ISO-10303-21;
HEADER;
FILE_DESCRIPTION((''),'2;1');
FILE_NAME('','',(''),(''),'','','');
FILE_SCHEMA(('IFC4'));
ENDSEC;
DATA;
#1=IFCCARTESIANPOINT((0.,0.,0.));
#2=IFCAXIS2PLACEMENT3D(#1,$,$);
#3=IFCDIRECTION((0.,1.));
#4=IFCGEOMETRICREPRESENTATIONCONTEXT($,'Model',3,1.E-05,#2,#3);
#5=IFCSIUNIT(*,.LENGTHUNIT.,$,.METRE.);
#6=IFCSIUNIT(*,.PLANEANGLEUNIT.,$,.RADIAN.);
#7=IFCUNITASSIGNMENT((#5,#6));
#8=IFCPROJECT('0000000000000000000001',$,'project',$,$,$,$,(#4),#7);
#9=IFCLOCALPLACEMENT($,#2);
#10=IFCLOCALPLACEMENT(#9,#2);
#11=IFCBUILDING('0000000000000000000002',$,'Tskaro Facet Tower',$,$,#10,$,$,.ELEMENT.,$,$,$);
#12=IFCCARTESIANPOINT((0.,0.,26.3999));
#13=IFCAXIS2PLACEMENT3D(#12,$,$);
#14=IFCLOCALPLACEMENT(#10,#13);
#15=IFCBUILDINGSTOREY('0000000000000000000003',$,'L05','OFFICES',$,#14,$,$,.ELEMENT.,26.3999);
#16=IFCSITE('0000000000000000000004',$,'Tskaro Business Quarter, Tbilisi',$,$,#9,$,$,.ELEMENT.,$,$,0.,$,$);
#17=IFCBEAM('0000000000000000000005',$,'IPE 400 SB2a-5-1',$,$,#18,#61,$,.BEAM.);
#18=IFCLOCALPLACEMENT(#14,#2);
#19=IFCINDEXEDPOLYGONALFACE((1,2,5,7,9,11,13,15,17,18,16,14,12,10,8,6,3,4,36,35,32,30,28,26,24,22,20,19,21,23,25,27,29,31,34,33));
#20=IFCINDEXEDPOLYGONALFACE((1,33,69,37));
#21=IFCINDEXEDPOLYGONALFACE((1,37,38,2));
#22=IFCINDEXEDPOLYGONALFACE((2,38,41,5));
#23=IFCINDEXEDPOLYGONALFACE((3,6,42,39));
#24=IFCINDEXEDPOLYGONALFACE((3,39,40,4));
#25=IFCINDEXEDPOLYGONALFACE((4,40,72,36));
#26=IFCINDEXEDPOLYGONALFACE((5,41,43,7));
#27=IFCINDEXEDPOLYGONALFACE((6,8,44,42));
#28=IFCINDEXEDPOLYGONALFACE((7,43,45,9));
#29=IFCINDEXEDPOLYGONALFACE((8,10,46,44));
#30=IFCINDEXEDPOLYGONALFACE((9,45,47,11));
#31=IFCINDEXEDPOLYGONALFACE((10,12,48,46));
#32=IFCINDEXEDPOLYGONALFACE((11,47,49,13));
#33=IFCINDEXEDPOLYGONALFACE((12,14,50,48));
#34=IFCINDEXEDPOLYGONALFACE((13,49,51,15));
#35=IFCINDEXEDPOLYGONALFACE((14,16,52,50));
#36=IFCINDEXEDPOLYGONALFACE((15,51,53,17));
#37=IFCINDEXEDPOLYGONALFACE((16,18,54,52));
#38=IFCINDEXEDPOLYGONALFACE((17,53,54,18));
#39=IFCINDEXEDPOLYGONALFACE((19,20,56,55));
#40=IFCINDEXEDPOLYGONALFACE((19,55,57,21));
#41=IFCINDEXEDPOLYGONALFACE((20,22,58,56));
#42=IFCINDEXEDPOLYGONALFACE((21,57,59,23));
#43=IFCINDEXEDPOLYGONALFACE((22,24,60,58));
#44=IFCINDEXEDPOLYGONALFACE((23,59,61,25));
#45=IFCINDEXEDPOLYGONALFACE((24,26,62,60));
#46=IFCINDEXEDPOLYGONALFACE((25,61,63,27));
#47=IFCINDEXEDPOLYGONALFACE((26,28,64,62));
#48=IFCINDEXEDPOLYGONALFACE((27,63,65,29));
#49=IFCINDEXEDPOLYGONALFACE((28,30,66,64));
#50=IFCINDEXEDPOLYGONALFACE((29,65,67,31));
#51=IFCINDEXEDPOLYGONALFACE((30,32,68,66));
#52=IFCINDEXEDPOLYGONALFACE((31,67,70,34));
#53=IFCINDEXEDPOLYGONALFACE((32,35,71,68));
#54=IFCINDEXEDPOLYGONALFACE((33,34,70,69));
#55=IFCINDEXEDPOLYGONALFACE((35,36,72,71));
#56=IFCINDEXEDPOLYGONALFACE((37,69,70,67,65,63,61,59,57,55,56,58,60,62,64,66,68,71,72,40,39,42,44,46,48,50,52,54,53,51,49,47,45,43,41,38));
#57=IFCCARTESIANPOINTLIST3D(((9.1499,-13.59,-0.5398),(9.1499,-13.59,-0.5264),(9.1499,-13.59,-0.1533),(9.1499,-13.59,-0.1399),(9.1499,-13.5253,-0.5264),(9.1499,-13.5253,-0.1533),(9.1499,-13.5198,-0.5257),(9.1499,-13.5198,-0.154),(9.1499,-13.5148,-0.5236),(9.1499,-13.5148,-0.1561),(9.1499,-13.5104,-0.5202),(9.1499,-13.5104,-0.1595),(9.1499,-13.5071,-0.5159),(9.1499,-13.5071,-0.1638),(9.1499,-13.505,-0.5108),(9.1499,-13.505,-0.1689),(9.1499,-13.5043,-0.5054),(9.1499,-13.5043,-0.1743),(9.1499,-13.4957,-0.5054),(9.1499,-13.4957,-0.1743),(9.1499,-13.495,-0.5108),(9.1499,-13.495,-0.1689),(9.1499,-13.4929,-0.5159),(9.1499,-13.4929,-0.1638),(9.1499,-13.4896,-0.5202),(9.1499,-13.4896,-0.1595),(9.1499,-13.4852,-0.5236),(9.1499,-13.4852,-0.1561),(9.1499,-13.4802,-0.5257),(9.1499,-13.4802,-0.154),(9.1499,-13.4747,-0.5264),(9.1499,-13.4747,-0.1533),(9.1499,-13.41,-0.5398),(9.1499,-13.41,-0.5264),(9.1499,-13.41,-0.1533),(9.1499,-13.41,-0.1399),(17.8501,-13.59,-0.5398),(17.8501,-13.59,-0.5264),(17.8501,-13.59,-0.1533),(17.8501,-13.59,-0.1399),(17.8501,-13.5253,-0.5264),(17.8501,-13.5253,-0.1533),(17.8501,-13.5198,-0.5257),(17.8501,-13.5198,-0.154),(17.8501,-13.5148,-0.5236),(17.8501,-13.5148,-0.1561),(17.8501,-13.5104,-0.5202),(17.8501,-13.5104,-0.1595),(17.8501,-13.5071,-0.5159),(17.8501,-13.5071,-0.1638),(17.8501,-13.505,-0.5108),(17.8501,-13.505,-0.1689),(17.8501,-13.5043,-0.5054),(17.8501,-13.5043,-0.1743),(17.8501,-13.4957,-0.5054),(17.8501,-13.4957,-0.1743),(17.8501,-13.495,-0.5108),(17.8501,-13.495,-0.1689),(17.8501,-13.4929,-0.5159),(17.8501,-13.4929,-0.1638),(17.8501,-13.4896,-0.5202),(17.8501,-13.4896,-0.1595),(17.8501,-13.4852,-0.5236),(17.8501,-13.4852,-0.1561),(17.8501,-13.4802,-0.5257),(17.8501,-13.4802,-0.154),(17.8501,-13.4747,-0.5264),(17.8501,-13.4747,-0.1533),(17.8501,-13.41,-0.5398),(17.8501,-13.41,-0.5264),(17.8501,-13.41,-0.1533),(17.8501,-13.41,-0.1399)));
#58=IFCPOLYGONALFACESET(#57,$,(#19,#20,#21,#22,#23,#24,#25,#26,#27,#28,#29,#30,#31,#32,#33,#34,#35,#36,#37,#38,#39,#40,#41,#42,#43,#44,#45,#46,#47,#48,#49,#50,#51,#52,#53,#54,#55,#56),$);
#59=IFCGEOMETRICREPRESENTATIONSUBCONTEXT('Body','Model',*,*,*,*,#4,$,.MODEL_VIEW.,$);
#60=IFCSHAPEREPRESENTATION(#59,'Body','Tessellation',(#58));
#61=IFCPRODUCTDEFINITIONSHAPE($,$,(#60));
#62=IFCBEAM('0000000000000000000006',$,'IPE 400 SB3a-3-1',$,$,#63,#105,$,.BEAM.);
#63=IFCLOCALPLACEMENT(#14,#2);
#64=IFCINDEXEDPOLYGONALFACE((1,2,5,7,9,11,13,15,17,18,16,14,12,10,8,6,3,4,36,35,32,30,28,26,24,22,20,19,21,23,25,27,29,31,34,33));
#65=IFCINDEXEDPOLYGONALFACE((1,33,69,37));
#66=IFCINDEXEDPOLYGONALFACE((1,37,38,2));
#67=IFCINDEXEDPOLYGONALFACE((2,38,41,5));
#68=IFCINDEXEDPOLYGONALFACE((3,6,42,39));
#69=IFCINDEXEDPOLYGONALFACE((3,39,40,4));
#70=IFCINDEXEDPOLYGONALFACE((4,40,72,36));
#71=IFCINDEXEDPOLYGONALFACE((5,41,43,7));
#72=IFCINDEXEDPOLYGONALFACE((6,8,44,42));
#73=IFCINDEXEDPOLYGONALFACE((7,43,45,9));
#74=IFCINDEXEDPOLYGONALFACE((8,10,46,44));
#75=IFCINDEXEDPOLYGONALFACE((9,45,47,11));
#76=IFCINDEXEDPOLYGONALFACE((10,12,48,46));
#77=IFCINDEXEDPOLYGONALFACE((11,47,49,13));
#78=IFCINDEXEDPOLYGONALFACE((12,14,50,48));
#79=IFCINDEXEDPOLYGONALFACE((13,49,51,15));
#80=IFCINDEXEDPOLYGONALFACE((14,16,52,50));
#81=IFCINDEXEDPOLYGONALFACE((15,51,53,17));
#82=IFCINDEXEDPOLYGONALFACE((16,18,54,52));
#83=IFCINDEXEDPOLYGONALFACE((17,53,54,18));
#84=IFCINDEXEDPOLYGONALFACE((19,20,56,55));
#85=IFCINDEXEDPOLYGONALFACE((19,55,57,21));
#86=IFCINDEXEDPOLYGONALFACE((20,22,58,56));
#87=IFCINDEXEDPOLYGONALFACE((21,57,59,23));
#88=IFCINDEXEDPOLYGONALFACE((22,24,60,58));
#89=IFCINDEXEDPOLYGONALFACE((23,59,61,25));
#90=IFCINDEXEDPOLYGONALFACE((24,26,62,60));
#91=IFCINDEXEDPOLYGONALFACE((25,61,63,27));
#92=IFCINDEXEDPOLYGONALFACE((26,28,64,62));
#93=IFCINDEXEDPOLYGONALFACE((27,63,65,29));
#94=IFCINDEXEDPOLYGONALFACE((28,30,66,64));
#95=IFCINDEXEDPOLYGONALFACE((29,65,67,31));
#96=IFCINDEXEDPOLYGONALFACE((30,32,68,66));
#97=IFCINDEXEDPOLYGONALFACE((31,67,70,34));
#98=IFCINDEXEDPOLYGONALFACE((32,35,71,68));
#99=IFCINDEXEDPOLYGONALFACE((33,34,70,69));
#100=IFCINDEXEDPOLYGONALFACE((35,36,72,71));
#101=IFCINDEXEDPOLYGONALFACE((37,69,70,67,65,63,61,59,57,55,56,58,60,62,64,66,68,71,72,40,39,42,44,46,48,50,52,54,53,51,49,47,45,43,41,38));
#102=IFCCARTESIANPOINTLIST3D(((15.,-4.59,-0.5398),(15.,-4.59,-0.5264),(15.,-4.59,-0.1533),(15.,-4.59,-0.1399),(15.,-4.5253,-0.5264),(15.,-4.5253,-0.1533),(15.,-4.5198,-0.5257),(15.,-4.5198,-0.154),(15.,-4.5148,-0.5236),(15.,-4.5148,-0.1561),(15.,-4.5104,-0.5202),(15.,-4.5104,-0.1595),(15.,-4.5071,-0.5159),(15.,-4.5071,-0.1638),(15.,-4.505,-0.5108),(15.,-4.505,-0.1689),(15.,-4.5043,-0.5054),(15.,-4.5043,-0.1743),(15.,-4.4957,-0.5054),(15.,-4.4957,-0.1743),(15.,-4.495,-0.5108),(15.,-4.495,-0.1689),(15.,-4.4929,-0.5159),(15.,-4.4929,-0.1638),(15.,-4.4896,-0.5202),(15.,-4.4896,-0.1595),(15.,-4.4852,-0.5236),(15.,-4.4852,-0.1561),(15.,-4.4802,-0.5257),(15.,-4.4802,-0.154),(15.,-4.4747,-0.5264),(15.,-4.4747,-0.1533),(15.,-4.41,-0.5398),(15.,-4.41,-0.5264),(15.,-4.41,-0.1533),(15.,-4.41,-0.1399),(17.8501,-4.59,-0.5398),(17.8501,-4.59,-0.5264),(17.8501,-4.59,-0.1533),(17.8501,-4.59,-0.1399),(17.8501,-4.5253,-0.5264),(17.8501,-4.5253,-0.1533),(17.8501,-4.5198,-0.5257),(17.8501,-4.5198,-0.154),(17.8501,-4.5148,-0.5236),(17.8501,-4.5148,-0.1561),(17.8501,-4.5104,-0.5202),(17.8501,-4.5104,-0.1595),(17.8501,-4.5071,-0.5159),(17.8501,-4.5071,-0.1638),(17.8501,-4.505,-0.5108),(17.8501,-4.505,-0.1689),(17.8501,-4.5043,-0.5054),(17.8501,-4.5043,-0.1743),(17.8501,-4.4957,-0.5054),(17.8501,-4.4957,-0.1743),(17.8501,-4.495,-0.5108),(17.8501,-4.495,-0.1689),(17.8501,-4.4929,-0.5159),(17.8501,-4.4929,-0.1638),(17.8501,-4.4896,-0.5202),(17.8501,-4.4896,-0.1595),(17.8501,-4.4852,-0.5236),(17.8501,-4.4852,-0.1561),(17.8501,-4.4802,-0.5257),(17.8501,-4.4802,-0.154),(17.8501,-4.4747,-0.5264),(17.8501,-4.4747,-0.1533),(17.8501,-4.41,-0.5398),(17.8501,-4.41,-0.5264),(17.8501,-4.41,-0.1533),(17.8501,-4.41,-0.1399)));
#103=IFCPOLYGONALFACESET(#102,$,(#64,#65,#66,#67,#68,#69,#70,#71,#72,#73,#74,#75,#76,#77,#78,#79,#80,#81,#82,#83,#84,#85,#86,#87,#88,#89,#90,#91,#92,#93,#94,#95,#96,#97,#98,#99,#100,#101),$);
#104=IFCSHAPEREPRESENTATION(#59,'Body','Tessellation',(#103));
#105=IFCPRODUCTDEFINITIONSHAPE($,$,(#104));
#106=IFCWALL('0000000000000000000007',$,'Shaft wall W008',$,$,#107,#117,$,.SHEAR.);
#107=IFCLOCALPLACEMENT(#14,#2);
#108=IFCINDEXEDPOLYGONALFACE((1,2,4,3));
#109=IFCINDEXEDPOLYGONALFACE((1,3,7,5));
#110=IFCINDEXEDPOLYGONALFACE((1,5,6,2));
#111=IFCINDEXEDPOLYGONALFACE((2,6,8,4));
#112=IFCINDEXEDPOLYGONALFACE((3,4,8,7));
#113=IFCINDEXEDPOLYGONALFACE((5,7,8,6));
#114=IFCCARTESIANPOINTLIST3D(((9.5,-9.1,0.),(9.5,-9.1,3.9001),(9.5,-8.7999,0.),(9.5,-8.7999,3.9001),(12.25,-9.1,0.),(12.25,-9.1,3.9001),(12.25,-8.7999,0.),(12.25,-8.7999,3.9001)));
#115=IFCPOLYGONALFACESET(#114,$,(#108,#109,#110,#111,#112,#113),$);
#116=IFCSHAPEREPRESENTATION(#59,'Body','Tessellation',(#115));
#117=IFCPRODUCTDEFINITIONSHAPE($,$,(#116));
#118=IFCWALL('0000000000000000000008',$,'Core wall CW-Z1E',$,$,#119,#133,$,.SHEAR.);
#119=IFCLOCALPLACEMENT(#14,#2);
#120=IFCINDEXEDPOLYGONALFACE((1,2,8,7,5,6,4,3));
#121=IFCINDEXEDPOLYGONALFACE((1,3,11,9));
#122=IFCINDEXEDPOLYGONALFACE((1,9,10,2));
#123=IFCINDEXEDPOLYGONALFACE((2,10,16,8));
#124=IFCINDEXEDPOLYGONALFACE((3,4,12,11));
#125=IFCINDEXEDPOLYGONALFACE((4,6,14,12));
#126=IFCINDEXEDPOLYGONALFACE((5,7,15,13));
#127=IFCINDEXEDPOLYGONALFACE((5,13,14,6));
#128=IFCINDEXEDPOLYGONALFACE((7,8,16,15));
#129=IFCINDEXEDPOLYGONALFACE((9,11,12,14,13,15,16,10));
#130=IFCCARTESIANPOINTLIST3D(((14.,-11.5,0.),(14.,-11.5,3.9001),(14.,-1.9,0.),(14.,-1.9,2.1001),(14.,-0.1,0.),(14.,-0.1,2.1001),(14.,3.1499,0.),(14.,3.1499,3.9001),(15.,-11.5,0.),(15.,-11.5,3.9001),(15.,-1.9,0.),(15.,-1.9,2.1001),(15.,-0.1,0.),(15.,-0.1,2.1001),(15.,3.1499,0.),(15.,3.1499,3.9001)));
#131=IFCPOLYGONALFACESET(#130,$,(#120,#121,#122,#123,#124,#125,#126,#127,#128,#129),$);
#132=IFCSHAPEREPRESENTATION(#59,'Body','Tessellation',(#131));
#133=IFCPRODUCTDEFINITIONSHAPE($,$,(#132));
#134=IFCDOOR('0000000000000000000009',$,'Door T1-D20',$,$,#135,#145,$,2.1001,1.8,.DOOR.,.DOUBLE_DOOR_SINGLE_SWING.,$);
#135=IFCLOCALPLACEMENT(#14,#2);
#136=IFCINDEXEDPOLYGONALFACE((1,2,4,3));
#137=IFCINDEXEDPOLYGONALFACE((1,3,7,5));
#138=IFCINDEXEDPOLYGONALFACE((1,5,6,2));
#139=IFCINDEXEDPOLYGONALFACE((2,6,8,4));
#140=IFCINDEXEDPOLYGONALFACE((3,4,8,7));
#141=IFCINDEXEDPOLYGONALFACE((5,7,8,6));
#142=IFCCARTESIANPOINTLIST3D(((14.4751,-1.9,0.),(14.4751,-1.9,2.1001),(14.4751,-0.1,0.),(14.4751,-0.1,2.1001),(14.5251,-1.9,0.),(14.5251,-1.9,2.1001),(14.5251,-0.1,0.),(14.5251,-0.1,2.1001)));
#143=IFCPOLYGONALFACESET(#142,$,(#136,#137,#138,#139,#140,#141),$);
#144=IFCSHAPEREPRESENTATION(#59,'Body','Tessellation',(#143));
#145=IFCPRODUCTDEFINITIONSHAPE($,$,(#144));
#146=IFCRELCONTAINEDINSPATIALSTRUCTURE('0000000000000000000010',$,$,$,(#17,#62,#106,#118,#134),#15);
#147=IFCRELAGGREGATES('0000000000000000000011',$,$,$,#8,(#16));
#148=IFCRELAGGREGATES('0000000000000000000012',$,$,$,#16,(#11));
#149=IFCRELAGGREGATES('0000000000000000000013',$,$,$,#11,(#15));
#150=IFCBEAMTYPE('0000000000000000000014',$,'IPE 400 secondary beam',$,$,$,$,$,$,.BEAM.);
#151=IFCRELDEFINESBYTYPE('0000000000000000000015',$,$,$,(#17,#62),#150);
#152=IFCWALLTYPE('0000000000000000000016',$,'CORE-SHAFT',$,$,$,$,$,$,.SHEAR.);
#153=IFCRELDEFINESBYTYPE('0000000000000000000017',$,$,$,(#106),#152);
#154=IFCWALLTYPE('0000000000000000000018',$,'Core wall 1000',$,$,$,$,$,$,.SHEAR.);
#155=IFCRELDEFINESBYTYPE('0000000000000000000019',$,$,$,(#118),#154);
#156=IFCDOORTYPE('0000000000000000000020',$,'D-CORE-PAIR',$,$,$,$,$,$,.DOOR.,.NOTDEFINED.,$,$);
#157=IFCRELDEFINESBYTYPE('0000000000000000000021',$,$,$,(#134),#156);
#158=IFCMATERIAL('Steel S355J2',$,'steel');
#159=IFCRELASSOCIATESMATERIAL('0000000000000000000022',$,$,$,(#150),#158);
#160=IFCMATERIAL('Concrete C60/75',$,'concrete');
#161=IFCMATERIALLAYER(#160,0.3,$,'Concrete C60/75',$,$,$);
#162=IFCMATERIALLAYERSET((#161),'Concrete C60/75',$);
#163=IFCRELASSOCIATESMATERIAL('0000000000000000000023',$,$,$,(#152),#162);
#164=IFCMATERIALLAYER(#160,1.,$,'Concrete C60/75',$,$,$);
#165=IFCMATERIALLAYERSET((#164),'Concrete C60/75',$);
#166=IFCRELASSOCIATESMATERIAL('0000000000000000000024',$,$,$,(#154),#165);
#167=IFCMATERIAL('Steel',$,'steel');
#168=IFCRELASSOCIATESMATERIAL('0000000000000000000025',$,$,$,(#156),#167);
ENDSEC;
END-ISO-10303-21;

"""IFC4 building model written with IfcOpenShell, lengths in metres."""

from ifc_helpers import new_model, si_unit, direction, frame, frame_2d, origin, origin_2d, place, context, subcontext, project, spatial, rectangle, i_section, extrude, material, layer, layer_set, material_profile, profile_set, type_object, element, fill, save


model = new_model("IFC4")

# Units and contexts
model_context = context("Model", 3, precision=1e-05, world=origin(), true_north=direction((0.0, 1.0)))
body_context = subcontext(model_context, "Body", "Model", "MODEL_VIEW")
ifc_project = project(units=[si_unit("LENGTHUNIT", "METRE"), si_unit("PLANEANGLEUNIT", "RADIAN")], contexts=[model_context])

# Site, building, storey
site_placement = place(None, origin())
site = spatial("IfcSite", under=ifc_project, at=site_placement, Name="Tskaro Business Quarter, Tbilisi", CompositionType="ELEMENT", RefElevation=0.0)
building_placement = place(site_placement, origin())
building = spatial("IfcBuilding", under=site, at=building_placement, Name="Tskaro Facet Tower", CompositionType="ELEMENT")
storey_placement = place(building_placement, frame((0.0, 0.0, 26.3999)))
storey = spatial("IfcBuildingStorey", under=building, at=storey_placement, Name="L05", Description="OFFICES", CompositionType="ELEMENT", Elevation=26.3999)

# Beams
ifc_material_1 = material(Name="Steel S355J2", Category="steel")
ifc_material_profile = material_profile(ifc_material_1, i_section(OverallWidth=0.1799, OverallDepth=0.3999, WebThickness=0.0085, FlangeThickness=0.0134, FilletRadius=0.021, at=origin_2d()), Name="IPE 400")
ifc_profile_set = profile_set([ifc_material_profile], Name="Steel S355J2")
beam_type = type_object("IfcBeamType", Name="IPE 400 secondary beam", PredefinedType="BEAM", material=ifc_profile_set)
beam_1_placement = place(storey_placement, frame((9.1499, -13.5, -0.3398), z_axis=(1.0, 0.0, 0.0), x_axis=(0.0, 1.0, 0.0)))
element("IfcBeam", 1, at=beam_1_placement, inside=storey, type_object=beam_type, Name="IPE 400 SB2a-5-1", PredefinedType="BEAM", context=body_context, shape_type="SweptSolid", body=[
    extrude(i_section(OverallWidth=0.1799, OverallDepth=0.3999, WebThickness=0.0085, FlangeThickness=0.0134, FilletRadius=0.021, at=origin_2d()), origin(), (0.0, 0.0, 1.0), 8.7002),
])
beam_2_placement = place(storey_placement, frame((15.0, -4.5, -0.3398), z_axis=(1.0, 0.0, 0.0), x_axis=(0.0, 1.0, 0.0)))
element("IfcBeam", 2, at=beam_2_placement, inside=storey, type_object=beam_type, Name="IPE 400 SB3a-3-1", PredefinedType="BEAM", context=body_context, shape_type="SweptSolid", body=[
    extrude(i_section(OverallWidth=0.1799, OverallDepth=0.3999, WebThickness=0.0085, FlangeThickness=0.0134, FilletRadius=0.021, at=origin_2d()), origin(), (0.0, 0.0, 1.0), 2.8501),
])

# Wall
ifc_material_2 = material(Name="Concrete C60/75", Category="concrete")
ifc_layer_1 = layer(ifc_material_2, 0.3, Name="Concrete C60/75")
ifc_layer_set_1 = layer_set([ifc_layer_1], Name="Concrete C60/75")
wall_type_1 = type_object("IfcWallType", Name="CORE-SHAFT", PredefinedType="SHEAR", material=ifc_layer_set_1)
wall_1_placement = place(storey_placement, frame((9.5, -8.95, 0.0), z_axis=(0.0, 0.0, 1.0), x_axis=(1.0, 0.0, 0.0)))
element("IfcWall", 3, at=wall_1_placement, inside=storey, type_object=wall_type_1, Name="Shaft wall W008", PredefinedType="SHEAR", context=body_context, shape_type="SweptSolid", body=[
    extrude(rectangle(XDim=2.75, YDim=0.3, at=frame_2d((1.375, 0.0))), origin(), (0.0, 0.0, 1.0), 3.9001),
])

# Wall, opening, door
ifc_layer_2 = layer(ifc_material_2, 1.0, Name="Concrete C60/75")
ifc_layer_set_2 = layer_set([ifc_layer_2], Name="Concrete C60/75")
wall_type_2 = type_object("IfcWallType", Name="Core wall 1000", PredefinedType="SHEAR", material=ifc_layer_set_2)
wall_2_placement = place(storey_placement, frame((14.5, -11.5, 0.0), z_axis=(0.0, 0.0, 1.0), x_axis=(0.0, 1.0, 0.0)))
wall_2 = element("IfcWall", 4, at=wall_2_placement, inside=storey, type_object=wall_type_2, Name="Core wall CW-Z1E", PredefinedType="SHEAR", context=body_context, shape_type="SweptSolid", body=[
    extrude(rectangle(XDim=14.6499, YDim=1.0, at=frame_2d((7.325, 0.0))), origin(), (0.0, 0.0, 1.0), 3.9001),
])
opening_1_placement = place(wall_2_placement, frame((9.6001, 0.0, 0.0)))
opening_1 = element("IfcOpeningElement", 5, at=opening_1_placement, cuts=wall_2, PredefinedType="OPENING", context=body_context, shape_type="SweptSolid", body=[
    extrude(rectangle(XDim=1.8, YDim=2.1001, at=frame_2d((0.8999, 1.05))), frame((0.0, 0.51, 0.0), z_axis=(0.0, -1.0, 0.0), x_axis=(1.0, 0.0, 0.0)), (0.0, 0.0, 1.0), 1.02),
])
ifc_material_3 = material(Name="Steel", Category="steel")
door_type_1 = type_object("IfcDoorType", Name="D-CORE-PAIR", OperationType="NOTDEFINED", PredefinedType="DOOR", material=ifc_material_3)
door_1_placement = place(opening_1_placement, origin())
door_1 = element("IfcDoor", 6, at=door_1_placement, inside=storey, type_object=door_type_1, Name="Door T1-D20", OperationType="DOUBLE_DOOR_SINGLE_SWING", OverallHeight=2.1001, OverallWidth=1.8, PredefinedType="DOOR", context=body_context, shape_type="SweptSolid", body=[
    extrude(rectangle(XDim=1.8, YDim=2.1001, at=frame_2d((0.8999, 1.05))), frame((0.0, 0.0249, 0.0), z_axis=(0.0, -1.0, 0.0), x_axis=(1.0, 0.0, 0.0)), (0.0, 0.0, 1.0), 0.05),
])
fill(opening_1, door_1)

save(model, "model.ifc")
